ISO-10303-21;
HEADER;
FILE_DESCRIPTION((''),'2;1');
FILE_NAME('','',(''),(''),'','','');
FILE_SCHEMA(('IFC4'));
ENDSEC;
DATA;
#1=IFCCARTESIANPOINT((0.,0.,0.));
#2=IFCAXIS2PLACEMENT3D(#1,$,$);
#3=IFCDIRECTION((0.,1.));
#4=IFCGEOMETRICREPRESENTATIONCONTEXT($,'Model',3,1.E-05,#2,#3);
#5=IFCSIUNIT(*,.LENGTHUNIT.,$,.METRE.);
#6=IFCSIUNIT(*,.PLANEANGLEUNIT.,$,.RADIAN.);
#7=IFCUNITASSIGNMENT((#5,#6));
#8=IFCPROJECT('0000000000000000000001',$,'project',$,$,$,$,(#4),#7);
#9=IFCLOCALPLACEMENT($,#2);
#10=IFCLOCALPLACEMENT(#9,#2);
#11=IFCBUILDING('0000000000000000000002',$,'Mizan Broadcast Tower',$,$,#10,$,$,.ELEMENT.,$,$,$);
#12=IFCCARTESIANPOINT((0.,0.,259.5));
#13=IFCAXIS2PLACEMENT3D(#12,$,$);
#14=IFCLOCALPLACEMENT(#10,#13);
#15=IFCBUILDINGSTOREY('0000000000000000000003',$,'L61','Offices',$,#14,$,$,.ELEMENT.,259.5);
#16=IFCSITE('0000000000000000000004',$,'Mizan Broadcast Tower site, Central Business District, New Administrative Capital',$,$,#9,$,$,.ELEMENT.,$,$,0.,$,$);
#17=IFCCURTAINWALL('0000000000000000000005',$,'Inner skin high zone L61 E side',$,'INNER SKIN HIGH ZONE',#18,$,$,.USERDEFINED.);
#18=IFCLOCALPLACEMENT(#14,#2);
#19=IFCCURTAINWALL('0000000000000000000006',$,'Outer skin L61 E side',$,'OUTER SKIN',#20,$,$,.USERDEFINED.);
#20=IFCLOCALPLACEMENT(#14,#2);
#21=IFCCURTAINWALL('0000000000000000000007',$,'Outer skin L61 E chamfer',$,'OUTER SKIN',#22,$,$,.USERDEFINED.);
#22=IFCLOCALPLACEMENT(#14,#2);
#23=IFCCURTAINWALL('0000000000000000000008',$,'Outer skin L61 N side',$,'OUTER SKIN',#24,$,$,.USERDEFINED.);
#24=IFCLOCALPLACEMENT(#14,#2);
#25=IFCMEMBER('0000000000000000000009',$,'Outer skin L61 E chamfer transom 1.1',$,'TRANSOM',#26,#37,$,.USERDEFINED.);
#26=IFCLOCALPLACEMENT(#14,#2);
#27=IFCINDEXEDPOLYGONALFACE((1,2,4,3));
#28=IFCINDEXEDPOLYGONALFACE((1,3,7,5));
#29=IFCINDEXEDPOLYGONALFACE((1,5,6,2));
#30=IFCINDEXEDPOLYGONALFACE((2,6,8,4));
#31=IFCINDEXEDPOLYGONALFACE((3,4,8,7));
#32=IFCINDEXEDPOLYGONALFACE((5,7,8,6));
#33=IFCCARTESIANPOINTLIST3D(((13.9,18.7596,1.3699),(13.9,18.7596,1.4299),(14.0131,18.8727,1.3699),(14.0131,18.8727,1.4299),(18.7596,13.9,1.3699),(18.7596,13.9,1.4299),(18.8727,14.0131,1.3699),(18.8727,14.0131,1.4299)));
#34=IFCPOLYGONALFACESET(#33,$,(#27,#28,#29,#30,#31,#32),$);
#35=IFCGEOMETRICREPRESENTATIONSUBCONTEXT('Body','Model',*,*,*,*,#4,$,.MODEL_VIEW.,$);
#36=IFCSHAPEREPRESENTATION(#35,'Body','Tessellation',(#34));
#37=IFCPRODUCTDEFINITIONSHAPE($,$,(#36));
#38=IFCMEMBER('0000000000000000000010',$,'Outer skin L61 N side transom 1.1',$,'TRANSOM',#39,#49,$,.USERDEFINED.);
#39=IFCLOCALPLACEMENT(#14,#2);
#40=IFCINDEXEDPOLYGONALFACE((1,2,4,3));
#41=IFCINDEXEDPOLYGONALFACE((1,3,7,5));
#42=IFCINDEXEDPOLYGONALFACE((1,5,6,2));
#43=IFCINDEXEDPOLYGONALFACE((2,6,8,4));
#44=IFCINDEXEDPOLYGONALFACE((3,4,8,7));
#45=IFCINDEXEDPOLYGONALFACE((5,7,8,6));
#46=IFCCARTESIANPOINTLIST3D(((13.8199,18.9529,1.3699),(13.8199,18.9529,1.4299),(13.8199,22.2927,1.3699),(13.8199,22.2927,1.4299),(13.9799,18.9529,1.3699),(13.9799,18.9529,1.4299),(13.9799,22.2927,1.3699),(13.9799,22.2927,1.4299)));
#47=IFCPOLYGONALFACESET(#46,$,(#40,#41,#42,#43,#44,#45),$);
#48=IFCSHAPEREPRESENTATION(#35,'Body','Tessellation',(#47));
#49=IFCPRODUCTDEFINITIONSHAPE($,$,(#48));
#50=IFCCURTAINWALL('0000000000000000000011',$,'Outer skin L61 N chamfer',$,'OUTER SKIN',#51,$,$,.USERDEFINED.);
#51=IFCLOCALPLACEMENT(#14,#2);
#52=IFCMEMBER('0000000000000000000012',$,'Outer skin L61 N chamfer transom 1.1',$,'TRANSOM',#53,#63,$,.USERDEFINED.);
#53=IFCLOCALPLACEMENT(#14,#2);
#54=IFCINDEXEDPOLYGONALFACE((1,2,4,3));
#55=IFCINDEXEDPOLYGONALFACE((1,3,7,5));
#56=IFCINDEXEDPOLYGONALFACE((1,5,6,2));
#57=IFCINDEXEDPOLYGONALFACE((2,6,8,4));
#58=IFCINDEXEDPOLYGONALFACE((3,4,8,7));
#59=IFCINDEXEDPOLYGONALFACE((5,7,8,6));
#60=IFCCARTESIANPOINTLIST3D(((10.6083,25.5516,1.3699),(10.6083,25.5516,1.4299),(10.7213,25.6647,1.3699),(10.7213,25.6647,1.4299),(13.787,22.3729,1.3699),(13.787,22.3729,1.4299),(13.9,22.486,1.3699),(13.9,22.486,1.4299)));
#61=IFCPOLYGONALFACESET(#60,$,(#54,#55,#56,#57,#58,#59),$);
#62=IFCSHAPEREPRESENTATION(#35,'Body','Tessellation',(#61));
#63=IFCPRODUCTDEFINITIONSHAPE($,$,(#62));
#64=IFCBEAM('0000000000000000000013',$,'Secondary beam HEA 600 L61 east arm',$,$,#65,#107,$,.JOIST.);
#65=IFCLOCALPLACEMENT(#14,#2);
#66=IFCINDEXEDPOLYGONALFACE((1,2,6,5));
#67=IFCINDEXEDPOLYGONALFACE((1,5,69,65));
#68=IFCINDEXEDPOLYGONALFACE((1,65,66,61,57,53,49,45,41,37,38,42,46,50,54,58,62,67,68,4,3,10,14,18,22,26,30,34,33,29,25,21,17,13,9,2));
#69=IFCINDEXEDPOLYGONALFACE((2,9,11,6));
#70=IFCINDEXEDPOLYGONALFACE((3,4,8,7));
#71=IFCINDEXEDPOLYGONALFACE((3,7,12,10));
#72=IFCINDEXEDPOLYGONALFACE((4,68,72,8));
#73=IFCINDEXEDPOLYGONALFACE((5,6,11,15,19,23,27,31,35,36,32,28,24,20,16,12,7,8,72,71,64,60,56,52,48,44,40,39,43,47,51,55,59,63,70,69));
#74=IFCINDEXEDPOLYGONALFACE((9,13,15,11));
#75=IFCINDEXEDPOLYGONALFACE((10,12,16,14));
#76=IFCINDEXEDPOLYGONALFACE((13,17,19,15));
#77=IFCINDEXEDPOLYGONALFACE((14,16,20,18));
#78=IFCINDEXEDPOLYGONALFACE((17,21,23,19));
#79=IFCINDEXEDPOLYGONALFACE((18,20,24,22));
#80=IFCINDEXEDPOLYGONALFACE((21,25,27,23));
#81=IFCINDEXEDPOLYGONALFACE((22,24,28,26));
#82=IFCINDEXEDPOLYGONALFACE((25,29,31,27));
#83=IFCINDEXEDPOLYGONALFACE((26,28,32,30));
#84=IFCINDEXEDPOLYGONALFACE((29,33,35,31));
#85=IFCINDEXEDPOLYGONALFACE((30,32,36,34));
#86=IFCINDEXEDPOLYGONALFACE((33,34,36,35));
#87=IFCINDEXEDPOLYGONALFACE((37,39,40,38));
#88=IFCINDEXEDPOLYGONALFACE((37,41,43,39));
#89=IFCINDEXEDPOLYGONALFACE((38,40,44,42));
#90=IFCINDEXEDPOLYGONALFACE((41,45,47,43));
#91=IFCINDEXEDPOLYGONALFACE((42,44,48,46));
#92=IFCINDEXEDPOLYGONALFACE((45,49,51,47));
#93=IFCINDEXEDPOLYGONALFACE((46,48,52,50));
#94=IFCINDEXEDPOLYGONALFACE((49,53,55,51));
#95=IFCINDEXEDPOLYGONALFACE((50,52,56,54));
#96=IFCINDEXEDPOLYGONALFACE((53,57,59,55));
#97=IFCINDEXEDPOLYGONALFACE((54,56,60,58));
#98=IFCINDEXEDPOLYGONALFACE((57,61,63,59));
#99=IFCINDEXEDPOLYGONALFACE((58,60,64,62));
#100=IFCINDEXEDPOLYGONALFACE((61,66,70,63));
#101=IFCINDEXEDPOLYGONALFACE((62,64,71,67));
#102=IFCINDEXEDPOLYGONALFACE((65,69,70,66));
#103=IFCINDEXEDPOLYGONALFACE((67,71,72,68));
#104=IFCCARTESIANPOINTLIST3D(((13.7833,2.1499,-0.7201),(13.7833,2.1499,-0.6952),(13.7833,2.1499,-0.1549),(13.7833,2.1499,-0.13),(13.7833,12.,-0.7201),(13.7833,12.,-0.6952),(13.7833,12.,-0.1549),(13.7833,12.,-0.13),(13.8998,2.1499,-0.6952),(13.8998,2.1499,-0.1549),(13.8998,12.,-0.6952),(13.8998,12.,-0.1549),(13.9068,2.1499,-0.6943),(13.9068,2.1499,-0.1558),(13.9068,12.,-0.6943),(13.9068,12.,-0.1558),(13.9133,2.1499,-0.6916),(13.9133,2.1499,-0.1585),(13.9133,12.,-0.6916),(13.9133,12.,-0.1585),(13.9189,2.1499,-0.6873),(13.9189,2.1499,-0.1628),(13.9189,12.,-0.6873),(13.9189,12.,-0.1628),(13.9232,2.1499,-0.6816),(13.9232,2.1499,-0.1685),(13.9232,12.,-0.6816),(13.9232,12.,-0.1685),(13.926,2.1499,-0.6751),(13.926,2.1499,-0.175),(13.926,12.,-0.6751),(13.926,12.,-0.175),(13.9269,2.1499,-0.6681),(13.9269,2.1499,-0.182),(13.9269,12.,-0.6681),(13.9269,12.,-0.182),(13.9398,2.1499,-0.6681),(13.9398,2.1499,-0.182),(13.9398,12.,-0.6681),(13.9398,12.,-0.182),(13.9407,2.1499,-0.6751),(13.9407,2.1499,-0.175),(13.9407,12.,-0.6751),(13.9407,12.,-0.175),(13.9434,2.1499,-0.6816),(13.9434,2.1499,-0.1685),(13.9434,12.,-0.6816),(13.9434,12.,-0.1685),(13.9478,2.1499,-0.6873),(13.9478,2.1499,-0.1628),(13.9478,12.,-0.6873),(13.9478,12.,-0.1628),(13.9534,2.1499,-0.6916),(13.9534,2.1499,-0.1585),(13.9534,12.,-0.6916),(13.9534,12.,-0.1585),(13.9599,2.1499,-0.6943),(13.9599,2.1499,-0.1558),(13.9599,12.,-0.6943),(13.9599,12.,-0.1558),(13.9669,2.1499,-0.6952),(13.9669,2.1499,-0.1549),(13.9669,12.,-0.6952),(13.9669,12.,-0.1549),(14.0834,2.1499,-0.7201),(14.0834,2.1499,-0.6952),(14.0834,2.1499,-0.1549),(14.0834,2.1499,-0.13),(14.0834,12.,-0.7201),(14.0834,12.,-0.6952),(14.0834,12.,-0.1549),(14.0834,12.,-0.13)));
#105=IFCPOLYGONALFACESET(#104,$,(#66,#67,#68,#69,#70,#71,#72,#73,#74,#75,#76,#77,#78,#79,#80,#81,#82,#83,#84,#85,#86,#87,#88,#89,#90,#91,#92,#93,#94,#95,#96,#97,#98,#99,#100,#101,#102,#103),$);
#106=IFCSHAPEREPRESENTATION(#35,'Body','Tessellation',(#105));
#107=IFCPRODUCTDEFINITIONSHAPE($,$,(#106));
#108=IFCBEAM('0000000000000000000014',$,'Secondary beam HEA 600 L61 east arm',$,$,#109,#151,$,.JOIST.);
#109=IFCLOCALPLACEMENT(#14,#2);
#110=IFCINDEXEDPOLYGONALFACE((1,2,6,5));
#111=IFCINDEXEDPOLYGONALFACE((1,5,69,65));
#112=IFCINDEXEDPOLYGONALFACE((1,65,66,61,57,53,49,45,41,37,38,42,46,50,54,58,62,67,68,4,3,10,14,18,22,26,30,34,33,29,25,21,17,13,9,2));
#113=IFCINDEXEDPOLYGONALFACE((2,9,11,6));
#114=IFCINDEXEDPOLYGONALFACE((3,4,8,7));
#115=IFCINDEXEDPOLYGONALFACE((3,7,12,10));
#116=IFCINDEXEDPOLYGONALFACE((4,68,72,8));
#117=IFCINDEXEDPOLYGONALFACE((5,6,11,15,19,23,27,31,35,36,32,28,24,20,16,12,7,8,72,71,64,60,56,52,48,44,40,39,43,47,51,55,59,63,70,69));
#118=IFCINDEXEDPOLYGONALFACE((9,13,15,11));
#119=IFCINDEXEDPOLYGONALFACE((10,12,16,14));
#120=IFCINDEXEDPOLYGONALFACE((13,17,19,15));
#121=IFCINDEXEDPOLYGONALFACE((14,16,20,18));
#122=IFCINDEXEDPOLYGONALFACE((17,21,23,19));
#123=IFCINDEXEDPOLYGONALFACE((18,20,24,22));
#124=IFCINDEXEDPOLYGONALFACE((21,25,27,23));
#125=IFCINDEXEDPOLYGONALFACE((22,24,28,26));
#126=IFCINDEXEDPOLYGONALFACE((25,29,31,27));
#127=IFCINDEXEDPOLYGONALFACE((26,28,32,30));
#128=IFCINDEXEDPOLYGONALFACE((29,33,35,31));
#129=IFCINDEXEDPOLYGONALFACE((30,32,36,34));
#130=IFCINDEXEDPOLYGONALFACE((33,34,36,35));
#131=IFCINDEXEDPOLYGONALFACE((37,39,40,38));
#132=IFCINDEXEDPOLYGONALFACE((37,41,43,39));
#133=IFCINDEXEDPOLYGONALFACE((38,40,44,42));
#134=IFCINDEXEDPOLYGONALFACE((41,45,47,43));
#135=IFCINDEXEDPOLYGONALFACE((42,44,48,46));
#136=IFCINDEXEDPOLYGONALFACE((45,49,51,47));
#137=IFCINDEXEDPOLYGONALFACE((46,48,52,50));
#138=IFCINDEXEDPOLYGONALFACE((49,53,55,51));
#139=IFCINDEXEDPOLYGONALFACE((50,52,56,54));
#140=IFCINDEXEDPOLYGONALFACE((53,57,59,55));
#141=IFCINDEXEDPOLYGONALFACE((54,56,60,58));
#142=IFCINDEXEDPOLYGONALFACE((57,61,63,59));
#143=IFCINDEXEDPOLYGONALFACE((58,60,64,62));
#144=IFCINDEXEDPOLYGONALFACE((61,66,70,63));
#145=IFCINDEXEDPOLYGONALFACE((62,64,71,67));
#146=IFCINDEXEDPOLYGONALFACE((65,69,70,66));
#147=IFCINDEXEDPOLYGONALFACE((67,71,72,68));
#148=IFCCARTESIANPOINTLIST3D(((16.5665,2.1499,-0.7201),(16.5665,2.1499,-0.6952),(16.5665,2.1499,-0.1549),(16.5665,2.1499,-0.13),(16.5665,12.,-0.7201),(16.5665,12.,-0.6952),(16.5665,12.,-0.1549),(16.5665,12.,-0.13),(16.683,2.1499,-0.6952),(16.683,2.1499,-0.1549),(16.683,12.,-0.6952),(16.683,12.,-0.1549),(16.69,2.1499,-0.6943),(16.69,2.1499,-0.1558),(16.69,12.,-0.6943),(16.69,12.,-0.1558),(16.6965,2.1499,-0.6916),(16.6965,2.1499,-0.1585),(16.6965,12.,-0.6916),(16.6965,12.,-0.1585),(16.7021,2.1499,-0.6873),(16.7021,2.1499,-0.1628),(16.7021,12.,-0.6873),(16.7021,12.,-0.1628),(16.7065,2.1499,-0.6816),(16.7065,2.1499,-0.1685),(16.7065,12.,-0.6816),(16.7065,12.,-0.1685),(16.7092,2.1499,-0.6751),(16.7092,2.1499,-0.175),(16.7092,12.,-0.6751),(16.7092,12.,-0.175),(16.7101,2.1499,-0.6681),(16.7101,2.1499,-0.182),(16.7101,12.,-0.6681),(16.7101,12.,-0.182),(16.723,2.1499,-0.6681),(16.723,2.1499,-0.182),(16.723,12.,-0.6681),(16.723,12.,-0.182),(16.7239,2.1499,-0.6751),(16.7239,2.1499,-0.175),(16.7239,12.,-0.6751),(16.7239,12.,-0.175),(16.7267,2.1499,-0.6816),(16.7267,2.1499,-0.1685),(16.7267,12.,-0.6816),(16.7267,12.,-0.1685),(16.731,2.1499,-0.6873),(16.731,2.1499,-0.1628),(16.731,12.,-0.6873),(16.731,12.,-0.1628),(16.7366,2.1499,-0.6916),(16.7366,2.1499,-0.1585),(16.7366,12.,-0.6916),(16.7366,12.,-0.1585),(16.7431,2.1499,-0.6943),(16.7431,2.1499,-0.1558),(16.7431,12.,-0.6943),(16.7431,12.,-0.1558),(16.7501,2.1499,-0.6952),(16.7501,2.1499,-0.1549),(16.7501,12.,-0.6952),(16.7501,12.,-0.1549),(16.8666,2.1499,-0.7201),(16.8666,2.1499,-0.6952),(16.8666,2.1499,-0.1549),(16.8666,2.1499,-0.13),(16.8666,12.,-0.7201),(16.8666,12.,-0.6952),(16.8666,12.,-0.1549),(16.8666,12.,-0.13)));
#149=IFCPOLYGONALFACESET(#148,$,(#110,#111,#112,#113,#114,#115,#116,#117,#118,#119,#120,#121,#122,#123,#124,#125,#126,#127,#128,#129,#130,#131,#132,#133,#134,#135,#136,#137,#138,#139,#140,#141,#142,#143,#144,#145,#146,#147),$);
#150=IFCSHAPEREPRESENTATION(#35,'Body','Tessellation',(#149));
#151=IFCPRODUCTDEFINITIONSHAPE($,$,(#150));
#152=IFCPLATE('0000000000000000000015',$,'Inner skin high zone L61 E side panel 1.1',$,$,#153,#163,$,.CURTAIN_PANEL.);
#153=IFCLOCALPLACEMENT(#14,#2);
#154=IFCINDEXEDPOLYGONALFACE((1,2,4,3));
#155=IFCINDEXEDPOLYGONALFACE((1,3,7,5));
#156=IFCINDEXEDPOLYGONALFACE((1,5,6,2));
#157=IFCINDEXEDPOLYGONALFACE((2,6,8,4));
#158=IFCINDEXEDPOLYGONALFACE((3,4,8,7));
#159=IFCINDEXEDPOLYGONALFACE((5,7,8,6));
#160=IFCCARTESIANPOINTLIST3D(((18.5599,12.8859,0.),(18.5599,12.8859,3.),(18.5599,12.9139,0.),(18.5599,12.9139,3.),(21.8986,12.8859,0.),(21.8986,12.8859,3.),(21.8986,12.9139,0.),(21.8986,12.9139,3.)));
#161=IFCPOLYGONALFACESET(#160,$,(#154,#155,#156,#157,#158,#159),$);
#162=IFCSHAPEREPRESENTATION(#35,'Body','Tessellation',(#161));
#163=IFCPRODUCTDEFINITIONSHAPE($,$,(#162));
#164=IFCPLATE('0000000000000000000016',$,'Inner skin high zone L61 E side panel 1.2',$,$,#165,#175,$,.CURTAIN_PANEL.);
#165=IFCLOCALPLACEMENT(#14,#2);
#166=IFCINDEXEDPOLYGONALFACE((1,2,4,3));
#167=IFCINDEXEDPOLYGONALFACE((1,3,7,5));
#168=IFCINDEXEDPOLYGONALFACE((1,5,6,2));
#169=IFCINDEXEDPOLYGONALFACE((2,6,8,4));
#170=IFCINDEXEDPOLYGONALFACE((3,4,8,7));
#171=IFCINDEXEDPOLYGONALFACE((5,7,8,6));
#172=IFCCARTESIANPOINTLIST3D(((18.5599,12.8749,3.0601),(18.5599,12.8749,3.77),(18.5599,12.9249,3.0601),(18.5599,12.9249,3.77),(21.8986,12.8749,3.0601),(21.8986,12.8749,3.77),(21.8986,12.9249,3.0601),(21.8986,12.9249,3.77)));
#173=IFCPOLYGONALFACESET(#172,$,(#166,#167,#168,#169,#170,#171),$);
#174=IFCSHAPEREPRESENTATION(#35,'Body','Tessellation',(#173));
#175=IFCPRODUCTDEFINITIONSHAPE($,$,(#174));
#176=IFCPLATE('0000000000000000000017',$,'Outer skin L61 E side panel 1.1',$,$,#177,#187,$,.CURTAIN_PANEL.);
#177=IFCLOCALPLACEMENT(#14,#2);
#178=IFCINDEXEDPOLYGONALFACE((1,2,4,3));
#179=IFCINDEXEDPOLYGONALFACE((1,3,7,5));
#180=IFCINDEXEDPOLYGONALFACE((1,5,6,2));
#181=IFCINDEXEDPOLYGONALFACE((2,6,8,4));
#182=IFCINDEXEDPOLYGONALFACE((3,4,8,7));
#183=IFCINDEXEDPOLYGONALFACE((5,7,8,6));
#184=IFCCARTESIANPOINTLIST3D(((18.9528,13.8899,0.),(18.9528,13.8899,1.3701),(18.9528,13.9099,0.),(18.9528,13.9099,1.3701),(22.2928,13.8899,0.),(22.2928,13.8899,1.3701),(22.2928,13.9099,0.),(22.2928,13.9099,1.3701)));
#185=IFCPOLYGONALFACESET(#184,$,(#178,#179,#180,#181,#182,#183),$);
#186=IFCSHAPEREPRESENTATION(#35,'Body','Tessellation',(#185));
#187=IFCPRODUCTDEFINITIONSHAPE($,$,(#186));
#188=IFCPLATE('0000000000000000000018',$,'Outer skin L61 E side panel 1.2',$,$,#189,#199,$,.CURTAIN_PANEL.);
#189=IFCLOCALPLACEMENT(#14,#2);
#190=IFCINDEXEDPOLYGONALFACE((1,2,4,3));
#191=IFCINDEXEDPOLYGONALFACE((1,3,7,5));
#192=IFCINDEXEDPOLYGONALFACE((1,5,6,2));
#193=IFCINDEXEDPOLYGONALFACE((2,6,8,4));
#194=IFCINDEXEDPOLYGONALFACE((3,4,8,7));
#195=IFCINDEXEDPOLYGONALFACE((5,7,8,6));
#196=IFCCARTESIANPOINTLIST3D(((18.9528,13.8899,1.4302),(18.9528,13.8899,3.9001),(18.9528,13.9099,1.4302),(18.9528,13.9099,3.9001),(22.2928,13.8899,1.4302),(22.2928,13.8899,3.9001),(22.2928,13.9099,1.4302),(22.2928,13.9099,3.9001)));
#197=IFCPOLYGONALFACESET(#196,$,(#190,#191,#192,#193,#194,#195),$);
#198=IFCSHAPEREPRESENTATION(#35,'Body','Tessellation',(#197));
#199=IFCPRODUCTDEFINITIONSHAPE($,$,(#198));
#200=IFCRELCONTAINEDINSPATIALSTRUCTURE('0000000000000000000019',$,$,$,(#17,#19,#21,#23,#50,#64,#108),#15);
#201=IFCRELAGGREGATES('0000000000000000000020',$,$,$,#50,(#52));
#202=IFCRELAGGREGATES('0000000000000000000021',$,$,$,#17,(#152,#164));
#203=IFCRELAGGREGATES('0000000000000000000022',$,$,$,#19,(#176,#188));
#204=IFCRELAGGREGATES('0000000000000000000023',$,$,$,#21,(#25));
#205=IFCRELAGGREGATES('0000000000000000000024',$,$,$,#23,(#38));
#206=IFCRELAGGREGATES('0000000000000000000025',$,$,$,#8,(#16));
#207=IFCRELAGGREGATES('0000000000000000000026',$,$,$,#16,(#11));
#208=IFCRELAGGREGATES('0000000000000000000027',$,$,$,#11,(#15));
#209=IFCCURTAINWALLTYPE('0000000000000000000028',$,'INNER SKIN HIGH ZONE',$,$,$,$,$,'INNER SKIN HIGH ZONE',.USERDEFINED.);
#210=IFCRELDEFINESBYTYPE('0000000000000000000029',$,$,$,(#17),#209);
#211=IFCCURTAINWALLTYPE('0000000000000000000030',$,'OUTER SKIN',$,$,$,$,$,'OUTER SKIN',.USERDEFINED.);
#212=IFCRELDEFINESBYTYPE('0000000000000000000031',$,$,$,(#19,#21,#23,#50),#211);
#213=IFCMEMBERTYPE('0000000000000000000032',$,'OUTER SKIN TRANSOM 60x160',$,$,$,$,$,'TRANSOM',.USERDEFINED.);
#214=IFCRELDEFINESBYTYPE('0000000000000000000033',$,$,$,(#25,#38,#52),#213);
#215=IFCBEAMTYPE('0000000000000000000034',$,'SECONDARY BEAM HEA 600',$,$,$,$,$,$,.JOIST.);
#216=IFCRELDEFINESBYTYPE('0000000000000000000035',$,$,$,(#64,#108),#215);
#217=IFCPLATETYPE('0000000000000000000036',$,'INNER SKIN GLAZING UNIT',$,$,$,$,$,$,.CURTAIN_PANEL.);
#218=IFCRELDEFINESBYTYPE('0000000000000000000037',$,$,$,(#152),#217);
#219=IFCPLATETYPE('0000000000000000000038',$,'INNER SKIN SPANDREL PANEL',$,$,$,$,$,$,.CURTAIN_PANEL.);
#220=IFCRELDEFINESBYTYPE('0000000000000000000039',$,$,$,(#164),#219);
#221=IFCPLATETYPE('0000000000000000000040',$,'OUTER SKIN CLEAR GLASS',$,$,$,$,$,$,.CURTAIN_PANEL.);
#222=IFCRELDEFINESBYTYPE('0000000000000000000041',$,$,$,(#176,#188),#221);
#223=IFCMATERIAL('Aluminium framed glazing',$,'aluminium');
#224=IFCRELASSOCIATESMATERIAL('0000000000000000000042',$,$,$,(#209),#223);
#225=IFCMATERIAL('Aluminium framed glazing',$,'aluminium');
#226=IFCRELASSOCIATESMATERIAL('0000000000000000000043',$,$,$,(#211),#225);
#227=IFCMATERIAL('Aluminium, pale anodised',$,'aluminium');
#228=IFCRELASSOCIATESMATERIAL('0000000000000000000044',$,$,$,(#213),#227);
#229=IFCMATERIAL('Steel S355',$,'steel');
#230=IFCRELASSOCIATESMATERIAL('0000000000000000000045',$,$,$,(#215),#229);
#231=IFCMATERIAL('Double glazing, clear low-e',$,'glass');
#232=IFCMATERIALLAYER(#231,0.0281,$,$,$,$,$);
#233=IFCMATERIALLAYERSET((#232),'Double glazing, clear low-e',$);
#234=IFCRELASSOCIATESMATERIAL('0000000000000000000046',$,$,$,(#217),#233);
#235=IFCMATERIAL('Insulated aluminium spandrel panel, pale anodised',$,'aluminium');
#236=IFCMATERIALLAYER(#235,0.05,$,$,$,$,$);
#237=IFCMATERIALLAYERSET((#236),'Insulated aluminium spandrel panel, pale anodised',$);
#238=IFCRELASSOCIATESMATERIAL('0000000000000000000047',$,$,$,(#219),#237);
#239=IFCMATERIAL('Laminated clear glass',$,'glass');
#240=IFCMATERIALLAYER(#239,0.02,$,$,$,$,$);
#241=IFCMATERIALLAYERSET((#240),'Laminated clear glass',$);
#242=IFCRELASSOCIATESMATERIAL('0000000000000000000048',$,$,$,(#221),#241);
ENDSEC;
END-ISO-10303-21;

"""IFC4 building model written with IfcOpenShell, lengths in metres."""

from ifc_helpers import new_model, si_unit, direction, frame, origin, origin_2d, place, context, subcontext, project, spatial, rectangle, i_section, extrude, material, layer, layer_set, material_profile, profile_set, type_object, element, aggregate, save


model = new_model("IFC4")

# Units and contexts
model_context = context("Model", 3, precision=1e-05, world=origin(), true_north=direction((0.0, 1.0)))
body_context = subcontext(model_context, "Body", "Model", "MODEL_VIEW")
ifc_project = project(units=[si_unit("LENGTHUNIT", "METRE"), si_unit("PLANEANGLEUNIT", "RADIAN")], contexts=[model_context])

# Site, building, storey
site_placement = place(None, origin())
site = spatial("IfcSite", under=ifc_project, at=site_placement, Name="Mizan Broadcast Tower site, Central Business District, New Administrative Capital", CompositionType="ELEMENT", RefElevation=0.0)
building_placement = place(site_placement, origin())
building = spatial("IfcBuilding", under=site, at=building_placement, Name="Mizan Broadcast Tower", CompositionType="ELEMENT")
storey_placement = place(building_placement, frame((0.0, 0.0, 259.5)))
storey = spatial("IfcBuildingStorey", under=building, at=storey_placement, Name="L61", Description="Offices", CompositionType="ELEMENT", Elevation=259.5)

# Curtain wall
ifc_material_1 = material(Name="Aluminium framed glazing", Category="aluminium")
curtain_wall_type_1 = type_object("IfcCurtainWallType", Name="INNER SKIN HIGH ZONE", ElementType="INNER SKIN HIGH ZONE", PredefinedType="USERDEFINED", material=ifc_material_1)
curtain_wall_1_placement = place(storey_placement, origin())
curtain_wall_1 = element("IfcCurtainWall", 1, at=curtain_wall_1_placement, inside=storey, type_object=curtain_wall_type_1, Name="Inner skin high zone L61 E side", ObjectType="INNER SKIN HIGH ZONE", PredefinedType="USERDEFINED")

# Curtain walls
ifc_material_2 = material(Name="Aluminium framed glazing", Category="aluminium")
curtain_wall_type_2 = type_object("IfcCurtainWallType", Name="OUTER SKIN", ElementType="OUTER SKIN", PredefinedType="USERDEFINED", material=ifc_material_2)
curtain_wall_2_placement = place(storey_placement, origin())
curtain_wall_2 = element("IfcCurtainWall", 2, at=curtain_wall_2_placement, inside=storey, type_object=curtain_wall_type_2, Name="Outer skin L61 E side", ObjectType="OUTER SKIN", PredefinedType="USERDEFINED")
curtain_wall_3_placement = place(storey_placement, origin())
curtain_wall_3 = element("IfcCurtainWall", 3, at=curtain_wall_3_placement, inside=storey, type_object=curtain_wall_type_2, Name="Outer skin L61 E chamfer", ObjectType="OUTER SKIN", PredefinedType="USERDEFINED")
curtain_wall_4_placement = place(storey_placement, origin())
curtain_wall_4 = element("IfcCurtainWall", 4, at=curtain_wall_4_placement, inside=storey, type_object=curtain_wall_type_2, Name="Outer skin L61 N side", ObjectType="OUTER SKIN", PredefinedType="USERDEFINED")

# Members
ifc_material_3 = material(Name="Aluminium, pale anodised", Category="aluminium")
ifc_material_profile_1 = material_profile(ifc_material_3, rectangle(XDim=0.1599, YDim=0.0601, at=origin_2d()), Name="TRANSOM 160x60")
ifc_profile_set_1 = profile_set([ifc_material_profile_1], Name="Aluminium, pale anodised")
member_type_1 = type_object("IfcMemberType", Name="OUTER SKIN TRANSOM 60x160", ElementType="TRANSOM", PredefinedType="USERDEFINED", material=ifc_profile_set_1)
member_1_placement = place(storey_placement, frame((18.8162, 13.9565, 1.3999), z_axis=(-0.707107, 0.707107, 0.0), x_axis=(-0.707107, -0.707107, 0.0)))
member_1 = element("IfcMember", 5, at=member_1_placement, type_object=member_type_1, Name="Outer skin L61 E chamfer transom 1.1", ObjectType="TRANSOM", PredefinedType="USERDEFINED", context=body_context, shape_type="SweptSolid", body=[
    extrude(rectangle(XDim=0.1599, YDim=0.0601, at=origin_2d()), origin(), (0.0, 0.0, 1.0), 6.8726),
])
member_2_placement = place(storey_placement, frame((13.8999, 18.9529, 1.3999), z_axis=(0.0, 1.0, 0.0), x_axis=(-1.0, 0.0, 0.0)))
member_2 = element("IfcMember", 6, at=member_2_placement, type_object=member_type_1, Name="Outer skin L61 N side transom 1.1", ObjectType="TRANSOM", PredefinedType="USERDEFINED", context=body_context, shape_type="SweptSolid", body=[
    extrude(rectangle(XDim=0.1599, YDim=0.0601, at=origin_2d()), origin(), (0.0, 0.0, 1.0), 3.3398),
])

# Curtain wall, member
curtain_wall_5_placement = place(storey_placement, origin())
curtain_wall_5 = element("IfcCurtainWall", 7, at=curtain_wall_5_placement, inside=storey, type_object=curtain_wall_type_2, Name="Outer skin L61 N chamfer", ObjectType="OUTER SKIN", PredefinedType="USERDEFINED")
member_3_placement = place(storey_placement, frame((13.8435, 22.4294, 1.3999), z_axis=(-0.707107, 0.707107, 0.0), x_axis=(-0.707107, -0.707107, 0.0)))
member_3 = element("IfcMember", 8, at=member_3_placement, type_object=member_type_1, Name="Outer skin L61 N chamfer transom 1.1", ObjectType="TRANSOM", PredefinedType="USERDEFINED", context=body_context, shape_type="SweptSolid", body=[
    extrude(rectangle(XDim=0.1599, YDim=0.0601, at=origin_2d()), origin(), (0.0, 0.0, 1.0), 4.4954),
])
aggregate(curtain_wall_5, [member_3])

# Beams
ifc_material_4 = material(Name="Steel S355", Category="steel")
ifc_material_profile_2 = material_profile(ifc_material_4, i_section(OverallWidth=0.3, OverallDepth=0.5901, WebThickness=0.0129, FlangeThickness=0.0249, FilletRadius=0.0271, at=origin_2d()), Name="HEA 600")
ifc_profile_set_2 = profile_set([ifc_material_profile_2], Name="Steel S355")
beam_type_1 = type_object("IfcBeamType", Name="SECONDARY BEAM HEA 600", PredefinedType="JOIST", material=ifc_profile_set_2)
for number, where, z_axis, x_axis, name in (
    (9, (13.9333, 12.0, -0.425), (0.0, -1.0, 0.0), (1.0, 0.0, 0.0), "Secondary beam HEA 600 L61 east arm"),
    (10, (16.7166, 12.0, -0.425), (0.0, -1.0, 0.0), (1.0, 0.0, 0.0), "Secondary beam HEA 600 L61 east arm"),
):
    element("IfcBeam", number, at=place(storey_placement, frame(where, z_axis=z_axis, x_axis=x_axis)), inside=storey, type_object=beam_type_1, Name=name, PredefinedType="JOIST", context=body_context, shape_type="SweptSolid", body=[
        extrude(i_section(OverallWidth=0.3, OverallDepth=0.5901, WebThickness=0.0129, FlangeThickness=0.0249, FilletRadius=0.0271, at=origin_2d()), origin(), (0.0, 0.0, 1.0), 9.8501),
    ])

# Plates
ifc_material_5 = material(Name="Double glazing, clear low-e", Category="glass")
ifc_layer_1 = layer(ifc_material_5, 0.0281)
ifc_layer_set_1 = layer_set([ifc_layer_1], Name="Double glazing, clear low-e")
plate_type_1 = type_object("IfcPlateType", Name="INNER SKIN GLAZING UNIT", PredefinedType="CURTAIN_PANEL", material=ifc_layer_set_1)
plate_1_placement = place(storey_placement, frame((20.2292, 12.8999, 0.0), z_axis=(0.0, 0.0, 1.0), x_axis=(-1.0, 0.0, 0.0)))
plate_1 = element("IfcPlate", 11, at=plate_1_placement, type_object=plate_type_1, Name="Inner skin high zone L61 E side panel 1.1", PredefinedType="CURTAIN_PANEL", context=body_context, shape_type="SweptSolid", body=[
    extrude(rectangle(XDim=3.3386, YDim=0.0281, at=origin_2d()), origin(), (0.0, 0.0, 1.0), 3.0),
])
ifc_material_6 = material(Name="Insulated aluminium spandrel panel, pale anodised", Category="aluminium")
ifc_layer_2 = layer(ifc_material_6, 0.05)
ifc_layer_set_2 = layer_set([ifc_layer_2], Name="Insulated aluminium spandrel panel, pale anodised")
plate_type_2 = type_object("IfcPlateType", Name="INNER SKIN SPANDREL PANEL", PredefinedType="CURTAIN_PANEL", material=ifc_layer_set_2)
plate_2_placement = place(storey_placement, frame((20.2292, 12.8999, 3.0601), z_axis=(0.0, 0.0, 1.0), x_axis=(-1.0, 0.0, 0.0)))
plate_2 = element("IfcPlate", 12, at=plate_2_placement, type_object=plate_type_2, Name="Inner skin high zone L61 E side panel 1.2", PredefinedType="CURTAIN_PANEL", context=body_context, shape_type="SweptSolid", body=[
    extrude(rectangle(XDim=3.3386, YDim=0.05, at=origin_2d()), origin(), (0.0, 0.0, 1.0), 0.71),
])
aggregate(curtain_wall_1, [plate_1, plate_2])
ifc_material_7 = material(Name="Laminated clear glass", Category="glass")
ifc_layer_3 = layer(ifc_material_7, 0.02)
ifc_layer_set_3 = layer_set([ifc_layer_3], Name="Laminated clear glass")
plate_type_3 = type_object("IfcPlateType", Name="OUTER SKIN CLEAR GLASS", PredefinedType="CURTAIN_PANEL", material=ifc_layer_set_3)
plate_3_placement = place(storey_placement, frame((20.6228, 13.8999, 0.0), z_axis=(0.0, 0.0, 1.0), x_axis=(-1.0, 0.0, 0.0)))
plate_3 = element("IfcPlate", 13, at=plate_3_placement, type_object=plate_type_3, Name="Outer skin L61 E side panel 1.1", PredefinedType="CURTAIN_PANEL", context=body_context, shape_type="SweptSolid", body=[
    extrude(rectangle(XDim=3.3401, YDim=0.02, at=origin_2d()), origin(), (0.0, 0.0, 1.0), 1.3701),
])
plate_4_placement = place(storey_placement, frame((20.6228, 13.8999, 1.4302), z_axis=(0.0, 0.0, 1.0), x_axis=(-1.0, 0.0, 0.0)))
plate_4 = element("IfcPlate", 14, at=plate_4_placement, type_object=plate_type_3, Name="Outer skin L61 E side panel 1.2", PredefinedType="CURTAIN_PANEL", context=body_context, shape_type="SweptSolid", body=[
    extrude(rectangle(XDim=3.3401, YDim=0.02, at=origin_2d()), origin(), (0.0, 0.0, 1.0), 2.47),
])
aggregate(curtain_wall_2, [plate_3, plate_4])
aggregate(curtain_wall_3, [member_1])
aggregate(curtain_wall_4, [member_2])

save(model, "model.ifc")
